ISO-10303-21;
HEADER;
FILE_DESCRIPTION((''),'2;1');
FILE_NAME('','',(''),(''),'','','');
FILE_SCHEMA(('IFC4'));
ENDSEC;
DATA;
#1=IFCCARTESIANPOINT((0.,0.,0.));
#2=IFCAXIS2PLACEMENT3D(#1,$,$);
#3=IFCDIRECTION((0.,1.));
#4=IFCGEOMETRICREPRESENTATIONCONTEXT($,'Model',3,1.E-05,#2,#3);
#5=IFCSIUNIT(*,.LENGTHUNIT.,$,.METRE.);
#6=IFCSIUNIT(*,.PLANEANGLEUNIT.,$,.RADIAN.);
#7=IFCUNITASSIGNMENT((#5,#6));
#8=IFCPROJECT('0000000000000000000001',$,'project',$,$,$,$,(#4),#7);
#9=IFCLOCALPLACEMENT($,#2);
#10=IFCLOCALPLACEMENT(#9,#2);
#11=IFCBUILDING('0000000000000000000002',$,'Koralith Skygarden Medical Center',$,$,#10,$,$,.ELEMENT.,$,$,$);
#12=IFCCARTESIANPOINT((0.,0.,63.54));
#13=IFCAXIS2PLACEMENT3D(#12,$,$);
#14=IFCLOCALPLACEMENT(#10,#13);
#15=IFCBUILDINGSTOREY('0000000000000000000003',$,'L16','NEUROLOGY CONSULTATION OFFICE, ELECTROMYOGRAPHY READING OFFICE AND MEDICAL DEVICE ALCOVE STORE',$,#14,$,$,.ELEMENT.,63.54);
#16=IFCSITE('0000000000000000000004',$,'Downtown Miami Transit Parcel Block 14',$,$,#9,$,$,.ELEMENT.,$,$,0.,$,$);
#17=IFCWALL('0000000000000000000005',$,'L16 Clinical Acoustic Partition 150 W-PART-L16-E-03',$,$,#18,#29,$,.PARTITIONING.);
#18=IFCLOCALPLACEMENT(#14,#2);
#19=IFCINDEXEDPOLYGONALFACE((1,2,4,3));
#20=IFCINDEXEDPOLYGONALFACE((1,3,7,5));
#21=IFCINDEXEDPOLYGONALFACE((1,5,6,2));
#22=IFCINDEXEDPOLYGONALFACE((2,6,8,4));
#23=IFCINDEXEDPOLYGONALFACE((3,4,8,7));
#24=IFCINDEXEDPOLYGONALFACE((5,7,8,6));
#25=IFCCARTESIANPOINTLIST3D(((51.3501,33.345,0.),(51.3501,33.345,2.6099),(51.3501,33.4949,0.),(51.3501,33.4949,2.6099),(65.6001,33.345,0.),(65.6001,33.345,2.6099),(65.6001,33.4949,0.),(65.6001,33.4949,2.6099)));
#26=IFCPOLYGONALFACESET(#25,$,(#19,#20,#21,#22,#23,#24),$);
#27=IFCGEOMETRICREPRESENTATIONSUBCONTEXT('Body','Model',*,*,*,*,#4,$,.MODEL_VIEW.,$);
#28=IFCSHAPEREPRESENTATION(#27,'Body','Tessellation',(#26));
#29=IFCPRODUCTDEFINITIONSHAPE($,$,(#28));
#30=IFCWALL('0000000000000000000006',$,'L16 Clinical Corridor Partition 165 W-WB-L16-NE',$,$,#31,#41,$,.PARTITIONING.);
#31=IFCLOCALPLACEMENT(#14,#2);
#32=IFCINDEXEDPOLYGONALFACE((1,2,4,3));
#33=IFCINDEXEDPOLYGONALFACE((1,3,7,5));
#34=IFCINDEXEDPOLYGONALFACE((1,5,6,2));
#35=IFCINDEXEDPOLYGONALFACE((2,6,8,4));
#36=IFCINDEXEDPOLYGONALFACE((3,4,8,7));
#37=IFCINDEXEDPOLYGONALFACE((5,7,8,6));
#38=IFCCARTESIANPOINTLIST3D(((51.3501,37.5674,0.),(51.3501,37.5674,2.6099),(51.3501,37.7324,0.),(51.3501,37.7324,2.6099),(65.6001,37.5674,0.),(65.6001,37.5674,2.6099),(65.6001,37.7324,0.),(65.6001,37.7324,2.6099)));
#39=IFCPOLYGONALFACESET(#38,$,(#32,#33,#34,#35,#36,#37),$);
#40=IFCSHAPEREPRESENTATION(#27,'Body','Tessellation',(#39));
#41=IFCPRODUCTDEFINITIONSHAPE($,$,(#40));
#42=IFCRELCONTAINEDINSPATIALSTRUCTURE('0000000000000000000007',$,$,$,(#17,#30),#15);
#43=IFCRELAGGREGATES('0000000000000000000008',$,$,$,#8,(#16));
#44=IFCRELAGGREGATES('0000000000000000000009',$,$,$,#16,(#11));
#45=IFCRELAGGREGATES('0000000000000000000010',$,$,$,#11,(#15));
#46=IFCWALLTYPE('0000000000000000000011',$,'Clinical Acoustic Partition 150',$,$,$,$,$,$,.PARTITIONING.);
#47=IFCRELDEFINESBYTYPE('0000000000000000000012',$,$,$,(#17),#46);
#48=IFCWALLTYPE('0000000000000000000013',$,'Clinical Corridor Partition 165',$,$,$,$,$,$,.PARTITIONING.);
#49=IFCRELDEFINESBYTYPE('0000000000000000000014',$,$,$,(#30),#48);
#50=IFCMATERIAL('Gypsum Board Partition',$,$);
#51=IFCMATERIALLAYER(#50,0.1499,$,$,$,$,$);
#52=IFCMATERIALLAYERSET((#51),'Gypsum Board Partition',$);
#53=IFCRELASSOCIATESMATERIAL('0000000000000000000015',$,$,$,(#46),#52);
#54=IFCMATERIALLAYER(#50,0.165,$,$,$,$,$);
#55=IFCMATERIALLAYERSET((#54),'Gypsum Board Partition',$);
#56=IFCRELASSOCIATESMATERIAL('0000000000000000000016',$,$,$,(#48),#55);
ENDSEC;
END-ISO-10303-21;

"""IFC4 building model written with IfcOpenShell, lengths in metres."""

from ifc_helpers import new_model, si_unit, direction, frame, frame_2d, origin, place, context, subcontext, project, spatial, rectangle, extrude, material, layer, layer_set, type_object, element, save


model = new_model("IFC4")

# Units and contexts
model_context = context("Model", 3, precision=1e-05, world=origin(), true_north=direction((0.0, 1.0)))
body_context = subcontext(model_context, "Body", "Model", "MODEL_VIEW")
ifc_project = project(units=[si_unit("LENGTHUNIT", "METRE"), si_unit("PLANEANGLEUNIT", "RADIAN")], contexts=[model_context])

# Site, building, storey
site_placement = place(None, origin())
site = spatial("IfcSite", under=ifc_project, at=site_placement, Name="Downtown Miami Transit Parcel Block 14", CompositionType="ELEMENT", RefElevation=0.0)
building_placement = place(site_placement, origin())
building = spatial("IfcBuilding", under=site, at=building_placement, Name="Koralith Skygarden Medical Center", CompositionType="ELEMENT")
storey_placement = place(building_placement, frame((0.0, 0.0, 63.54)))
storey = spatial("IfcBuildingStorey", under=building, at=storey_placement, Name="L16", Description="NEUROLOGY CONSULTATION OFFICE, ELECTROMYOGRAPHY READING OFFICE AND MEDICAL DEVICE ALCOVE STORE", CompositionType="ELEMENT", Elevation=63.54)

# Walls
ifc_material_1 = material(Name="Gypsum Board Partition")
ifc_layer_1 = layer(ifc_material_1, 0.1499)
ifc_layer_set_1 = layer_set([ifc_layer_1], Name="Gypsum Board Partition")
wall_type_1 = type_object("IfcWallType", Name="Clinical Acoustic Partition 150", PredefinedType="PARTITIONING", material=ifc_layer_set_1)
for number, where, z_axis, x_axis, name in (
    (1, (51.3501, 33.4199, 0.0), (0.0, 0.0, 1.0), (1.0, 0.0, 0.0), "L16 Clinical Acoustic Partition 150 W-PART-L16-E-03"),
):
    element("IfcWall", number, at=place(storey_placement, frame(where, z_axis=z_axis, x_axis=x_axis)), inside=storey, type_object=wall_type_1, Name=name, PredefinedType="PARTITIONING", context=body_context, shape_type="SweptSolid", body=[
        extrude(rectangle(XDim=14.25, YDim=0.1499, at=frame_2d((7.125, 0.0))), origin(), (0.0, 0.0, 1.0), 2.6099),
    ])
ifc_layer_2 = layer(ifc_material_1, 0.165)
ifc_layer_set_2 = layer_set([ifc_layer_2], Name="Gypsum Board Partition")
wall_type_2 = type_object("IfcWallType", Name="Clinical Corridor Partition 165", PredefinedType="PARTITIONING", material=ifc_layer_set_2)
wall_1_placement = place(storey_placement, frame((51.3501, 37.6499, 0.0), z_axis=(0.0, 0.0, 1.0), x_axis=(1.0, 0.0, 0.0)))
element("IfcWall", 2, at=wall_1_placement, inside=storey, type_object=wall_type_2, Name="L16 Clinical Corridor Partition 165 W-WB-L16-NE", PredefinedType="PARTITIONING", context=body_context, shape_type="SweptSolid", body=[
    extrude(rectangle(XDim=14.25, YDim=0.165, at=frame_2d((7.125, 0.0))), origin(), (0.0, 0.0, 1.0), 2.6099),
])

save(model, "model.ifc")
